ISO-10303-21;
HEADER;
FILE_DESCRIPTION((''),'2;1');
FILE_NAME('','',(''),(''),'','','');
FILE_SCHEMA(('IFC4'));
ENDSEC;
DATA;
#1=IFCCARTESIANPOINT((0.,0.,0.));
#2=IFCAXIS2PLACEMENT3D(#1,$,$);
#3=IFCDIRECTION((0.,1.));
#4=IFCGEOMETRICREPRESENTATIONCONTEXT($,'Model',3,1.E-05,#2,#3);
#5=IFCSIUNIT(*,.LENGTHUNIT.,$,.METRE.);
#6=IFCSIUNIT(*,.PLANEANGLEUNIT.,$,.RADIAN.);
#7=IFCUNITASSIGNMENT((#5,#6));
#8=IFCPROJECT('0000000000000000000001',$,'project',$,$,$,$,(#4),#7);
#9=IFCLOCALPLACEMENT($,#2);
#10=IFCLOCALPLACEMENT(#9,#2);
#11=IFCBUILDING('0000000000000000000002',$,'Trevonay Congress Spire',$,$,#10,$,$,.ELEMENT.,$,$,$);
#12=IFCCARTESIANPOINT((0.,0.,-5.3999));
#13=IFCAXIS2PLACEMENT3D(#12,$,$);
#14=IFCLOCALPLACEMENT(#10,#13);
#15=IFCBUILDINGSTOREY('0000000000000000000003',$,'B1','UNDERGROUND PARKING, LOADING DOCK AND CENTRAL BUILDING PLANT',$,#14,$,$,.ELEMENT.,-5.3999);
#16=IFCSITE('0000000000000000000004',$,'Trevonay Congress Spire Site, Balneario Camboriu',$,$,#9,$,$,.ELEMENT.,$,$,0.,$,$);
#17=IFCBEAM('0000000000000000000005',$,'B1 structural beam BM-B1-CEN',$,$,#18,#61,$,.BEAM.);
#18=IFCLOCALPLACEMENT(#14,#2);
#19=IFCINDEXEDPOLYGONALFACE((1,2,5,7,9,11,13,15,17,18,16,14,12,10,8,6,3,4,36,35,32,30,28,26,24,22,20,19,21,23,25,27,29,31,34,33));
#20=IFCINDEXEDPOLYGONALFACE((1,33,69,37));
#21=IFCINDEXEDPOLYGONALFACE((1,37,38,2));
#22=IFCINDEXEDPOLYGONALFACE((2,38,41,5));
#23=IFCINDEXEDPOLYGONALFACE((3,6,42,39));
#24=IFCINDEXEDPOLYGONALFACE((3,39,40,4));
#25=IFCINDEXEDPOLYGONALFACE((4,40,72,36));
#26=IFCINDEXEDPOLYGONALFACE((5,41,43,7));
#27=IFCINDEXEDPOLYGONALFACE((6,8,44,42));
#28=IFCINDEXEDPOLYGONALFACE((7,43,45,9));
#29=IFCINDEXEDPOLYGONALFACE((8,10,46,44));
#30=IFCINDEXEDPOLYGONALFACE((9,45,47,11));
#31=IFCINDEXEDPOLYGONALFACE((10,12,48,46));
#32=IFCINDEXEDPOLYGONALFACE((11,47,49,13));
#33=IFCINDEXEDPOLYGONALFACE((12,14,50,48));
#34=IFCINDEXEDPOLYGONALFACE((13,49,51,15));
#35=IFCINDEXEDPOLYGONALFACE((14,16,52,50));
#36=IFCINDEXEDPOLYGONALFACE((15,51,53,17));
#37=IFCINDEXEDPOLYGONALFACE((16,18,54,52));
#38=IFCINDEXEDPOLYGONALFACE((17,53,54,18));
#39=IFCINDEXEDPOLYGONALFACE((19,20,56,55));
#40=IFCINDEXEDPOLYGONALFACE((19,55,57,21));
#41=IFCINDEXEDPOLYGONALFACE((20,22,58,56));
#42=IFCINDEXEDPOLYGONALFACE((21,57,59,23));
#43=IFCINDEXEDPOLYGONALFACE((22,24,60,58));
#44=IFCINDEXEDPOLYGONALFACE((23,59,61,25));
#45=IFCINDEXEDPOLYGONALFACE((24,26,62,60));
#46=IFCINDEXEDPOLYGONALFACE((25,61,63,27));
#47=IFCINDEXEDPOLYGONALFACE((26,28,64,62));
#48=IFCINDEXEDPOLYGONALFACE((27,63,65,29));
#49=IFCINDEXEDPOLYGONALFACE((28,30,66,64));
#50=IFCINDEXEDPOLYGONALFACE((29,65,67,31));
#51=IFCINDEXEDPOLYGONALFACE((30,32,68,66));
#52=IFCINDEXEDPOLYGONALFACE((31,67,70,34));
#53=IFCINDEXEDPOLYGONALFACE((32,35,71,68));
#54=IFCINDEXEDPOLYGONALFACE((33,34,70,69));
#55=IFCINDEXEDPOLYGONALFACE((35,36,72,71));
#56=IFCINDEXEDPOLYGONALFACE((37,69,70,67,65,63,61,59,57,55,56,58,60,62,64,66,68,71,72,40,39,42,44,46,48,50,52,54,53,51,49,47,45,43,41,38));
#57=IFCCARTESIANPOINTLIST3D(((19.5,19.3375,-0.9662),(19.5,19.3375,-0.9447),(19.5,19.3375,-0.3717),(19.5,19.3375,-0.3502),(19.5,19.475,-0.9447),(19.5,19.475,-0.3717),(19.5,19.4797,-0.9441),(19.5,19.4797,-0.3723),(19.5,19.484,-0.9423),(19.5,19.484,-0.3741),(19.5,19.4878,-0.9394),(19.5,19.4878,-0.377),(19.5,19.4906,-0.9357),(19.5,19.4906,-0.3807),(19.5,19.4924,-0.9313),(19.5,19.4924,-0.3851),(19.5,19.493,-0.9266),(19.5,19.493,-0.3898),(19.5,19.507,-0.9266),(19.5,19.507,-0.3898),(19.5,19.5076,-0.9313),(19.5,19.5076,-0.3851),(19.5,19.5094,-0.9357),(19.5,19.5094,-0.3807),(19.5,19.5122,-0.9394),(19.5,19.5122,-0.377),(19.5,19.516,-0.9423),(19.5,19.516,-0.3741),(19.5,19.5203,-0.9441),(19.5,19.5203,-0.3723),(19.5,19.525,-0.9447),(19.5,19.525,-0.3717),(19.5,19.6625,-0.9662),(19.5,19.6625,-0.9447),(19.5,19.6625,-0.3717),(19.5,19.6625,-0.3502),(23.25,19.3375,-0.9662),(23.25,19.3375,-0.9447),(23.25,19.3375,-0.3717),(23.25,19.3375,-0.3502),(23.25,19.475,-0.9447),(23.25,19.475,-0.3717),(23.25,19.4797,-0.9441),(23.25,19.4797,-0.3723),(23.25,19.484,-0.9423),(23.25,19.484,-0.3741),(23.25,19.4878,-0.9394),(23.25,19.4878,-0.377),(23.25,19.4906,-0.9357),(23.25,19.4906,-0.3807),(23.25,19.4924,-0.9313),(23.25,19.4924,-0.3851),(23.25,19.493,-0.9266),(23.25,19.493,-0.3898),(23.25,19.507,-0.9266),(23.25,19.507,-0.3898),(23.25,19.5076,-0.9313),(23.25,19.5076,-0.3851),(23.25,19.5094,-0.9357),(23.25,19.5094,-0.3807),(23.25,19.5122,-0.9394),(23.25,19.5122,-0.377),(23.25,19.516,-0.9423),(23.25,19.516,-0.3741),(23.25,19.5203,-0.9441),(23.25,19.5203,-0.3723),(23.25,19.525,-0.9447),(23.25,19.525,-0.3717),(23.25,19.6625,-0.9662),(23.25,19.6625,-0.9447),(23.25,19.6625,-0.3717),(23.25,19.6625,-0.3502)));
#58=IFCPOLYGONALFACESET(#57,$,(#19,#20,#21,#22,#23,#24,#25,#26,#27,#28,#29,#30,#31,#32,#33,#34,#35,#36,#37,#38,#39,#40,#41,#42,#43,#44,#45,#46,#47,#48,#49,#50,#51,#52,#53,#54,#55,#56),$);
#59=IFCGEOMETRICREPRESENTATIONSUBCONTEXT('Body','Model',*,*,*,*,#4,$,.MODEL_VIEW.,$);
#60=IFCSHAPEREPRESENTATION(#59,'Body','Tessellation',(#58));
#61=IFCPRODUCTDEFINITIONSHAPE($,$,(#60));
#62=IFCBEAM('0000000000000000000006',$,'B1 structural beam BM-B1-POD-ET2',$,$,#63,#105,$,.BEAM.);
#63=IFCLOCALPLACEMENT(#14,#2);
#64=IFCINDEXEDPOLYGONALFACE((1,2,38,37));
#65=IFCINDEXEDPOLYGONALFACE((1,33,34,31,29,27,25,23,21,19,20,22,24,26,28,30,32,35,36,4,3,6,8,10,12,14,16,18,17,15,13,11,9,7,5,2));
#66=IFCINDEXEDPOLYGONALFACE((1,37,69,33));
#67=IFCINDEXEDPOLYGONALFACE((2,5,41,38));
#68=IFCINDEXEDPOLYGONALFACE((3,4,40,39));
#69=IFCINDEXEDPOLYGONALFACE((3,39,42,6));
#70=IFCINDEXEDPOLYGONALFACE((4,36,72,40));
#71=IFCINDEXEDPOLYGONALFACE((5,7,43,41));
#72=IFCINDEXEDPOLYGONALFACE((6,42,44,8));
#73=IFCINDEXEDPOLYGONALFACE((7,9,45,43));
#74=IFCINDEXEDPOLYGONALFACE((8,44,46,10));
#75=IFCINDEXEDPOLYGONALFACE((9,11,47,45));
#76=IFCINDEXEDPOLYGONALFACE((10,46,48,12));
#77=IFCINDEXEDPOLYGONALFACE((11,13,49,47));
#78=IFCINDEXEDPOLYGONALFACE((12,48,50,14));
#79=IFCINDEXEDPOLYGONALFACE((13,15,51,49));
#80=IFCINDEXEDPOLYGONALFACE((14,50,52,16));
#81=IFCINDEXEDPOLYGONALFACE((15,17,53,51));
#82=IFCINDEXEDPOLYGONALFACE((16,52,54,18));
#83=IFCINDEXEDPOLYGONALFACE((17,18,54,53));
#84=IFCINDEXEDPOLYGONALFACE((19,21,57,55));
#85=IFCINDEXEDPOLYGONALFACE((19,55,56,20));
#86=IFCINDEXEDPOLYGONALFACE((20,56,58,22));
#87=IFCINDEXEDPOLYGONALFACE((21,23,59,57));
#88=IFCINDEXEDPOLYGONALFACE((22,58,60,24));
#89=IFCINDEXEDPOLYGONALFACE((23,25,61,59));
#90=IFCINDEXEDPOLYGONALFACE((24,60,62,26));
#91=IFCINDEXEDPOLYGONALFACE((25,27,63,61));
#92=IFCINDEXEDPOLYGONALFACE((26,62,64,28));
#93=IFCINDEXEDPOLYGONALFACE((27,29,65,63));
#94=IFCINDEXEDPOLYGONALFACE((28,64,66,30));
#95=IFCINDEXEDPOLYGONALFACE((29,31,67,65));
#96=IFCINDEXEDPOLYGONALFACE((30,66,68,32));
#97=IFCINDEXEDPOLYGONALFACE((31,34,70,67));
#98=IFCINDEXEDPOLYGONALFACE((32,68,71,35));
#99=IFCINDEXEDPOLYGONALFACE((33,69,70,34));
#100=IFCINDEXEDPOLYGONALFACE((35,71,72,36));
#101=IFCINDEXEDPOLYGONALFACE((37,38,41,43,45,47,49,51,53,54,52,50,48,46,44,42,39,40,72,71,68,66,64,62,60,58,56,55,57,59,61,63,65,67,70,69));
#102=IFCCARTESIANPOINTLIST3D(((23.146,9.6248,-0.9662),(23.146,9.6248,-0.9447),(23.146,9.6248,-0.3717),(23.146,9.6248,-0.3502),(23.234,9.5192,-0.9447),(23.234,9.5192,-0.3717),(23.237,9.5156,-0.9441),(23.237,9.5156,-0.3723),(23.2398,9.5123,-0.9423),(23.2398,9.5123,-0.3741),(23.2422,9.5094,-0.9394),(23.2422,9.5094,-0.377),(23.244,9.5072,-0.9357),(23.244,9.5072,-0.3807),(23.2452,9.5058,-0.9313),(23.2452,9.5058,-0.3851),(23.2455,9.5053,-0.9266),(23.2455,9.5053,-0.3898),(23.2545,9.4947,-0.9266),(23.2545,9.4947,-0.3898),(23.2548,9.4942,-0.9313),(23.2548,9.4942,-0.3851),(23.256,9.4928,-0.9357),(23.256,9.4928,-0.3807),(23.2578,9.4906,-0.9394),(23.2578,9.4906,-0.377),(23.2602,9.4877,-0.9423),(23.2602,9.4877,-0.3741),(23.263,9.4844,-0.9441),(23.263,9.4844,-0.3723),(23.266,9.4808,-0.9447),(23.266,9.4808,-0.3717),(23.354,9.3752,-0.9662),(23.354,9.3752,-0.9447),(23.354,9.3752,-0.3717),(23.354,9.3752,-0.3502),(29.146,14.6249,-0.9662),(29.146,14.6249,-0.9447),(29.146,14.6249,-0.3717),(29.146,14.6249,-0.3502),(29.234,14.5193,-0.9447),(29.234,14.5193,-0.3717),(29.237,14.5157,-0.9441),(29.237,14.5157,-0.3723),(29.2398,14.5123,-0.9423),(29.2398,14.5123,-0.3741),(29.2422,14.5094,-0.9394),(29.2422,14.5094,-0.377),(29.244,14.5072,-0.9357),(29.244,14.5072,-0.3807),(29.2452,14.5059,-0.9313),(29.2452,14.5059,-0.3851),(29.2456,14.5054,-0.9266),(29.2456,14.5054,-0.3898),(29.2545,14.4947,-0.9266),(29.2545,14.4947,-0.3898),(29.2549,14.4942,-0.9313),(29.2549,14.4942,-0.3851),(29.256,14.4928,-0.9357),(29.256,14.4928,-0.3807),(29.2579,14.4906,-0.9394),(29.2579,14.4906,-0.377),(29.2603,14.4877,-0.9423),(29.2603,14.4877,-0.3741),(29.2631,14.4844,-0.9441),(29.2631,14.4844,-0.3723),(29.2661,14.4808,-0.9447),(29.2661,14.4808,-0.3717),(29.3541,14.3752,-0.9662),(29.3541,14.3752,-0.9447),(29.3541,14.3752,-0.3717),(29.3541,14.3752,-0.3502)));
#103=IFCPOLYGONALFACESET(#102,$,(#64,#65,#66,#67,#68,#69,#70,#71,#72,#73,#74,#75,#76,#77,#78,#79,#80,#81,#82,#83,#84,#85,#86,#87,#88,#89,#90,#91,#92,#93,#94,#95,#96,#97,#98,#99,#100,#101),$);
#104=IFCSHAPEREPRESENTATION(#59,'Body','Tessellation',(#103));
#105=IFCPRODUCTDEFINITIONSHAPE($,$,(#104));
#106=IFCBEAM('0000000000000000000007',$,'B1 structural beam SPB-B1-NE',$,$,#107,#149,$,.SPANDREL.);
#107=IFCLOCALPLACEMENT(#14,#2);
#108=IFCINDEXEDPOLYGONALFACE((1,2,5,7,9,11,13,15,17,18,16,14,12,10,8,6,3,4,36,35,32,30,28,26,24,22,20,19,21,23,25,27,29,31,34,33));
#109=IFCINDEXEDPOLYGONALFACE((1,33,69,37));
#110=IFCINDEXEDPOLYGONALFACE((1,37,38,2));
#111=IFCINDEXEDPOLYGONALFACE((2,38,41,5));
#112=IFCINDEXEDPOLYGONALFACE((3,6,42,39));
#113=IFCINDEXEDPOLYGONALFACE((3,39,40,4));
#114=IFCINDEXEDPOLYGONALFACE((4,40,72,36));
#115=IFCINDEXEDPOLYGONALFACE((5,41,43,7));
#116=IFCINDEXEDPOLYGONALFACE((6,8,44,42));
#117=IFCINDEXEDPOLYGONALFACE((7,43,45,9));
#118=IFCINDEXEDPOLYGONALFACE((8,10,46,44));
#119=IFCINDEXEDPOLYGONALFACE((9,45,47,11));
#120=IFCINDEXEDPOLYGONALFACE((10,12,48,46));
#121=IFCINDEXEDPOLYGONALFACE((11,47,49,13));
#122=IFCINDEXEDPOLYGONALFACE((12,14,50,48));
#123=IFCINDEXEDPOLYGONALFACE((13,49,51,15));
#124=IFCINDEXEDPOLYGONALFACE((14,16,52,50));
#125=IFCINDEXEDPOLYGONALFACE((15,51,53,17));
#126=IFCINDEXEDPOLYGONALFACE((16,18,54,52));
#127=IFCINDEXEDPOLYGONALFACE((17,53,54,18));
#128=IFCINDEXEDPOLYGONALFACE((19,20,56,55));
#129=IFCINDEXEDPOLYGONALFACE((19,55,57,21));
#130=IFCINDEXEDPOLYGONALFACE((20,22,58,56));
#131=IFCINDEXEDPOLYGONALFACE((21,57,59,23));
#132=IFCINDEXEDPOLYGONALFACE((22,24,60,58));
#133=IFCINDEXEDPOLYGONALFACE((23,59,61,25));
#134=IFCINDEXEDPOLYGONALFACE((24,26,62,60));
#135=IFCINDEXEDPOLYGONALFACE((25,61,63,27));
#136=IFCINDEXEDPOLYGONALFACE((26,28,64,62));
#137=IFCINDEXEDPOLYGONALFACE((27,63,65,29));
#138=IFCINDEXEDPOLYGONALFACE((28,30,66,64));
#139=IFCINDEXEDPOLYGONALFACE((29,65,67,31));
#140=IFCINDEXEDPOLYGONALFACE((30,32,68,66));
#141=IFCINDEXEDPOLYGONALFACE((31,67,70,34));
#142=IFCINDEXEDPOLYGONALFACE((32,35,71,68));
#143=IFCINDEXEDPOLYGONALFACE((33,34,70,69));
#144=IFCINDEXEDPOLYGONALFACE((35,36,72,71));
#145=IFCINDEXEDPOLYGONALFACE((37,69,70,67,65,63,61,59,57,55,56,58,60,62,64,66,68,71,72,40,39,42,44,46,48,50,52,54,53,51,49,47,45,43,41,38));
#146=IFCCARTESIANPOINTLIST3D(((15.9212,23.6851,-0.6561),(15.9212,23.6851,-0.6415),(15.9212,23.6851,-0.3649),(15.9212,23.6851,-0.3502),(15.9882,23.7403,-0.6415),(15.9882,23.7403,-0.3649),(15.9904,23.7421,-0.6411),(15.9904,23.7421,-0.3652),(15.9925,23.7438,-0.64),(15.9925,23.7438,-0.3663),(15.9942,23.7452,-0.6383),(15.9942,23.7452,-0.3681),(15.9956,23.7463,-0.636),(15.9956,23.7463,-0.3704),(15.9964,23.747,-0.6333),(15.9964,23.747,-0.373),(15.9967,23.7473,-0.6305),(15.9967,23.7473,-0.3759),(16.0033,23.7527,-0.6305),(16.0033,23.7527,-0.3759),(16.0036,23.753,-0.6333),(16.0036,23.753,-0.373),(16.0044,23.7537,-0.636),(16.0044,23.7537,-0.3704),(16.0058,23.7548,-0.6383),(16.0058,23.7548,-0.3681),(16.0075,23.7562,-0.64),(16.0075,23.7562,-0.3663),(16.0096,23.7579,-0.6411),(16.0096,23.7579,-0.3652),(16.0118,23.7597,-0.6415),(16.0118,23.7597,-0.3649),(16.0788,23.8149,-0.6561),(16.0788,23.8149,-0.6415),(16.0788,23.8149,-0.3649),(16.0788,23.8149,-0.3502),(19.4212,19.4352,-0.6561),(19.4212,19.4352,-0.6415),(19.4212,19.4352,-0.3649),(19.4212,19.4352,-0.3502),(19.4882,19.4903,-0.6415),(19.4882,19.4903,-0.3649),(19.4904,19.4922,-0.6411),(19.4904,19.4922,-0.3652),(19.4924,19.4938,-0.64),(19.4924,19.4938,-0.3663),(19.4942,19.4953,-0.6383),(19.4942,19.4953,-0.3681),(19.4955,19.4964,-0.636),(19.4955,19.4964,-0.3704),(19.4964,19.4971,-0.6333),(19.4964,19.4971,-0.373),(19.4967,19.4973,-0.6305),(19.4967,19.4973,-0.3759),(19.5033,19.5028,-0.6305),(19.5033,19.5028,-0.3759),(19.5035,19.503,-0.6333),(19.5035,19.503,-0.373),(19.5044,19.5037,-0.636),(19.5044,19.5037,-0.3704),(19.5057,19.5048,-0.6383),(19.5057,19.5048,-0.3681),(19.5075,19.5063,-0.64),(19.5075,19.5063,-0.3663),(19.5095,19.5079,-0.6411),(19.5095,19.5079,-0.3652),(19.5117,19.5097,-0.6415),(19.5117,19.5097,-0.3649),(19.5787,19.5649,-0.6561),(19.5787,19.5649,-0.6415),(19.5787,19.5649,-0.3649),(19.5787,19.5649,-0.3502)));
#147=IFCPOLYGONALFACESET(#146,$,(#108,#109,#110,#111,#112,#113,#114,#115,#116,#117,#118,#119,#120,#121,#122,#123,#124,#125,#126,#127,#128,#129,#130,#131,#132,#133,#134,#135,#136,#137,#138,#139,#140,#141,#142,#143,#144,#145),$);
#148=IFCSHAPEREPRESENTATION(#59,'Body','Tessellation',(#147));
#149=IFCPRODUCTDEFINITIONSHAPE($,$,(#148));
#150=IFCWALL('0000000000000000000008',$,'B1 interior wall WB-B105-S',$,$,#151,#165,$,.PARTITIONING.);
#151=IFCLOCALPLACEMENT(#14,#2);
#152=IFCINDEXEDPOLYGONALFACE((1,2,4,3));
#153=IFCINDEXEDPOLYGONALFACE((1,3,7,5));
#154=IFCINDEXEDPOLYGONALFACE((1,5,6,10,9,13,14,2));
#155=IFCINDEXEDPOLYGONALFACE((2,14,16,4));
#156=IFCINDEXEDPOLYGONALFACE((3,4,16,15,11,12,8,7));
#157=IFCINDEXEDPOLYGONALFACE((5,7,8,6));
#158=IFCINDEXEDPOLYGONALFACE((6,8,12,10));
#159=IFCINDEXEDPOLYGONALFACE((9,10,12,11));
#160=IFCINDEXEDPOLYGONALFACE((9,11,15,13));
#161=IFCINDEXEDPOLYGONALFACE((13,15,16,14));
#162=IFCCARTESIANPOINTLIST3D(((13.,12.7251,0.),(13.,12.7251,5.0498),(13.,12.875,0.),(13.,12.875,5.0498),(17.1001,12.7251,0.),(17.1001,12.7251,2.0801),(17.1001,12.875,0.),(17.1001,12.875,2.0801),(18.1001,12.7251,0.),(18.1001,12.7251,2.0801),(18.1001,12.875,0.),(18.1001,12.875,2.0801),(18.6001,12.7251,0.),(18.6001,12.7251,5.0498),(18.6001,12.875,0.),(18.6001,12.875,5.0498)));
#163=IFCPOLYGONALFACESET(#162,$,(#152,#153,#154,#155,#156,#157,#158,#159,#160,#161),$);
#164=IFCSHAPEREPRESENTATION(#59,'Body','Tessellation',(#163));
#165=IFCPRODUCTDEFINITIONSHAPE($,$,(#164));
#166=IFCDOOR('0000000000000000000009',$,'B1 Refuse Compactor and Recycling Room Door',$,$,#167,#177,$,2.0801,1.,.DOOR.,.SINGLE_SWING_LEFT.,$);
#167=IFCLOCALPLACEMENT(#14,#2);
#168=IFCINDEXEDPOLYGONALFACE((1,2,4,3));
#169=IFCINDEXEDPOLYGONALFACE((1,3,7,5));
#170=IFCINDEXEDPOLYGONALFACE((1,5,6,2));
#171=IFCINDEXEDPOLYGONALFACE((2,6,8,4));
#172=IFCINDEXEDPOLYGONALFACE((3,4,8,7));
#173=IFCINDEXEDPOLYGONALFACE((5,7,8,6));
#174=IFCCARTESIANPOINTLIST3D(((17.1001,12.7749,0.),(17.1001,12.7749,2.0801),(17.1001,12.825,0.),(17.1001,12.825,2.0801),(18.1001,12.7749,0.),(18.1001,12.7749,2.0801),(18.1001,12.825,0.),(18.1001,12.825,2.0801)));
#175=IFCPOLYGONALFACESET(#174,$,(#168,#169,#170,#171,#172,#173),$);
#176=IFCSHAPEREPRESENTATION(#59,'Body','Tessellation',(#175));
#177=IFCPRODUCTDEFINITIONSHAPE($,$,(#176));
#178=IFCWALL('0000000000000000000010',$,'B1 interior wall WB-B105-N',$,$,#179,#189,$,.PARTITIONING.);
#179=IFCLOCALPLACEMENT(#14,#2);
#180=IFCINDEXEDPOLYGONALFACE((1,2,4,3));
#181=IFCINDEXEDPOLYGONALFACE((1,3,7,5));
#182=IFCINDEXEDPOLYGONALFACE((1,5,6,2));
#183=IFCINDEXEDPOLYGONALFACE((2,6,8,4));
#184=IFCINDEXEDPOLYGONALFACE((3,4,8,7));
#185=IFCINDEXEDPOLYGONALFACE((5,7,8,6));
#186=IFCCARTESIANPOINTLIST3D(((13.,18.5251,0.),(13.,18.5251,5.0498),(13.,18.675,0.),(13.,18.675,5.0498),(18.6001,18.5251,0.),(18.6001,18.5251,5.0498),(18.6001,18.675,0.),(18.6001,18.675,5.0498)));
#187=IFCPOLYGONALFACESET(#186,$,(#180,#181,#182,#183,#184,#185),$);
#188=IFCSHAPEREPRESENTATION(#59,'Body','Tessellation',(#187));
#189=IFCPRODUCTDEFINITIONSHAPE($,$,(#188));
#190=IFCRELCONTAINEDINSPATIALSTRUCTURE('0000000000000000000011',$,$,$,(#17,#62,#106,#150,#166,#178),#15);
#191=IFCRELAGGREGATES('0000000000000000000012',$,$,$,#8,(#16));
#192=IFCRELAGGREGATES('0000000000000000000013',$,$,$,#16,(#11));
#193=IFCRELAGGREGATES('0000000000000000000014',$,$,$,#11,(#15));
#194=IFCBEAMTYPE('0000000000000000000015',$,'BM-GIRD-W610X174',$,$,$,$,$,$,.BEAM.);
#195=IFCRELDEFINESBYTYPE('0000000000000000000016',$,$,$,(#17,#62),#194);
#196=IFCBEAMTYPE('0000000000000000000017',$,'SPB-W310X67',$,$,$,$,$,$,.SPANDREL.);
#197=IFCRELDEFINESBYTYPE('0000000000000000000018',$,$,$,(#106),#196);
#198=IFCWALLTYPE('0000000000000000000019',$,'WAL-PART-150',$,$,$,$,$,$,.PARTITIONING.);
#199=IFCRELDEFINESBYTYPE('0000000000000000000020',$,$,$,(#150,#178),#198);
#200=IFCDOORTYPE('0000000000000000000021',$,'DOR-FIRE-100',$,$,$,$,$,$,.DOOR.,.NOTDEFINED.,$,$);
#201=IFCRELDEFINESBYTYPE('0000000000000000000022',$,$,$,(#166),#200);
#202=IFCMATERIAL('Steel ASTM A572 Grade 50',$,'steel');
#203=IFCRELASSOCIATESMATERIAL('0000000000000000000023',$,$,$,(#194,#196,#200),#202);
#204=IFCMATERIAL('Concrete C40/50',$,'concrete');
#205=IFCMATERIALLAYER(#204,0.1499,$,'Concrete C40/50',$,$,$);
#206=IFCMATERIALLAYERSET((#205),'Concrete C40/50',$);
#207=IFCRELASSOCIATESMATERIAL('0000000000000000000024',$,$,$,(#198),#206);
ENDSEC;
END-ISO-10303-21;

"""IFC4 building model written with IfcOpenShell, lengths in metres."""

from ifc_helpers import new_model, si_unit, direction, frame, frame_2d, origin, origin_2d, place, context, subcontext, project, spatial, rectangle, i_section, extrude, material, layer, layer_set, material_profile, profile_set, type_object, element, fill, save


model = new_model("IFC4")

# Units and contexts
model_context = context("Model", 3, precision=1e-05, world=origin(), true_north=direction((0.0, 1.0)))
body_context = subcontext(model_context, "Body", "Model", "MODEL_VIEW")
ifc_project = project(units=[si_unit("LENGTHUNIT", "METRE"), si_unit("PLANEANGLEUNIT", "RADIAN")], contexts=[model_context])

# Site, building, storey
site_placement = place(None, origin())
site = spatial("IfcSite", under=ifc_project, at=site_placement, Name="Trevonay Congress Spire Site, Balneario Camboriu", CompositionType="ELEMENT", RefElevation=0.0)
building_placement = place(site_placement, origin())
building = spatial("IfcBuilding", under=site, at=building_placement, Name="Trevonay Congress Spire", CompositionType="ELEMENT")
storey_placement = place(building_placement, frame((0.0, 0.0, -5.3999)))
storey = spatial("IfcBuildingStorey", under=building, at=storey_placement, Name="B1", Description="UNDERGROUND PARKING, LOADING DOCK AND CENTRAL BUILDING PLANT", CompositionType="ELEMENT", Elevation=-5.3999)

# Beams
ifc_material_1 = material(Name="Steel ASTM A572 Grade 50", Category="steel")
ifc_material_profile_1 = material_profile(ifc_material_1, i_section(OverallWidth=0.325, OverallDepth=0.616, WebThickness=0.0139, FlangeThickness=0.0215, FilletRadius=0.0181, at=origin_2d()), Name="W610x174")
ifc_profile_set_1 = profile_set([ifc_material_profile_1], Name="Steel ASTM A572 Grade 50")
beam_type_1 = type_object("IfcBeamType", Name="BM-GIRD-W610X174", PredefinedType="BEAM", material=ifc_profile_set_1)
beam_1_placement = place(storey_placement, frame((23.25, 19.5, -0.6582), z_axis=(-1.0, 0.0, 0.0), x_axis=(0.0, -1.0, 0.0)))
element("IfcBeam", 1, at=beam_1_placement, inside=storey, type_object=beam_type_1, Name="B1 structural beam BM-B1-CEN", PredefinedType="BEAM", context=body_context, shape_type="SweptSolid", body=[
    extrude(i_section(OverallWidth=0.325, OverallDepth=0.616, WebThickness=0.0139, FlangeThickness=0.0215, FilletRadius=0.0181, at=origin_2d()), origin(), (0.0, 0.0, 1.0), 3.75),
])
beam_2_placement = place(storey_placement, frame((23.25, 9.5, -0.6582), z_axis=(0.768221, 0.640184, 0.0), x_axis=(-0.640184, 0.768221, 0.0)))
element("IfcBeam", 2, at=beam_2_placement, inside=storey, type_object=beam_type_1, Name="B1 structural beam BM-B1-POD-ET2", PredefinedType="BEAM", context=body_context, shape_type="SweptSolid", body=[
    extrude(i_section(OverallWidth=0.325, OverallDepth=0.616, WebThickness=0.0139, FlangeThickness=0.0215, FilletRadius=0.0181, at=origin_2d()), origin(), (0.0, 0.0, 1.0), 7.8103),
])
ifc_material_profile_2 = material_profile(ifc_material_1, i_section(OverallWidth=0.2041, OverallDepth=0.3059, WebThickness=0.0085, FlangeThickness=0.0146, FilletRadius=0.011, at=origin_2d()), Name="W310x67")
ifc_profile_set_2 = profile_set([ifc_material_profile_2], Name="Steel ASTM A572 Grade 50")
beam_type_2 = type_object("IfcBeamType", Name="SPB-W310X67", PredefinedType="SPANDREL", material=ifc_profile_set_2)
beam_3_placement = place(storey_placement, frame((16.0, 23.75, -0.5032), z_axis=(0.635707, -0.77193, 0.0), x_axis=(0.77193, 0.635707, 0.0)))
element("IfcBeam", 3, at=beam_3_placement, inside=storey, type_object=beam_type_2, Name="B1 structural beam SPB-B1-NE", PredefinedType="SPANDREL", context=body_context, shape_type="SweptSolid", body=[
    extrude(i_section(OverallWidth=0.2041, OverallDepth=0.3059, WebThickness=0.0085, FlangeThickness=0.0146, FilletRadius=0.011, at=origin_2d()), origin(), (0.0, 0.0, 1.0), 5.5056),
])

# Wall, opening, door
ifc_material_2 = material(Name="Concrete C40/50", Category="concrete")
ifc_layer_1 = layer(ifc_material_2, 0.1499, Name="Concrete C40/50")
ifc_layer_set_1 = layer_set([ifc_layer_1], Name="Concrete C40/50")
wall_type_1 = type_object("IfcWallType", Name="WAL-PART-150", PredefinedType="PARTITIONING", material=ifc_layer_set_1)
wall_1_placement = place(storey_placement, frame((13.0, 12.8, 0.0), z_axis=(0.0, 0.0, 1.0), x_axis=(1.0, 0.0, 0.0)))
wall_1 = element("IfcWall", 4, at=wall_1_placement, inside=storey, type_object=wall_type_1, Name="B1 interior wall WB-B105-S", PredefinedType="PARTITIONING", context=body_context, shape_type="SweptSolid", body=[
    extrude(rectangle(XDim=5.6001, YDim=0.1499, at=frame_2d((2.8, 0.0))), origin(), (0.0, 0.0, 1.0), 5.0498),
])
opening_1_placement = place(wall_1_placement, frame((4.1001, 0.0, 0.0)))
opening_1 = element("IfcOpeningElement", 5, at=opening_1_placement, cuts=wall_1, PredefinedType="OPENING", context=body_context, shape_type="SweptSolid", body=[
    extrude(rectangle(XDim=1.0, YDim=2.0801, at=frame_2d((0.5, 1.04))), frame((0.0, 0.085, 0.0), z_axis=(0.0, -1.0, 0.0), x_axis=(1.0, 0.0, 0.0)), (0.0, 0.0, 1.0), 0.1699),
])
door_type_1 = type_object("IfcDoorType", Name="DOR-FIRE-100", OperationType="NOTDEFINED", PredefinedType="DOOR", material=ifc_material_1)
door_1_placement = place(opening_1_placement, origin())
door_1 = element("IfcDoor", 6, at=door_1_placement, inside=storey, type_object=door_type_1, Name="B1 Refuse Compactor and Recycling Room Door", OperationType="SINGLE_SWING_LEFT", OverallHeight=2.0801, OverallWidth=1.0, PredefinedType="DOOR", context=body_context, shape_type="SweptSolid", body=[
    extrude(rectangle(XDim=1.0, YDim=2.0801, at=frame_2d((0.5, 1.04))), frame((0.0, 0.0249, 0.0), z_axis=(0.0, -1.0, 0.0), x_axis=(1.0, 0.0, 0.0)), (0.0, 0.0, 1.0), 0.05),
])
fill(opening_1, door_1)

# Wall
wall_2_placement = place(storey_placement, frame((13.0, 18.6001, 0.0), z_axis=(0.0, 0.0, 1.0), x_axis=(1.0, 0.0, 0.0)))
element("IfcWall", 7, at=wall_2_placement, inside=storey, type_object=wall_type_1, Name="B1 interior wall WB-B105-N", PredefinedType="PARTITIONING", context=body_context, shape_type="SweptSolid", body=[
    extrude(rectangle(XDim=5.6001, YDim=0.1499, at=frame_2d((2.8, 0.0))), origin(), (0.0, 0.0, 1.0), 5.0498),
])

save(model, "model.ifc")
